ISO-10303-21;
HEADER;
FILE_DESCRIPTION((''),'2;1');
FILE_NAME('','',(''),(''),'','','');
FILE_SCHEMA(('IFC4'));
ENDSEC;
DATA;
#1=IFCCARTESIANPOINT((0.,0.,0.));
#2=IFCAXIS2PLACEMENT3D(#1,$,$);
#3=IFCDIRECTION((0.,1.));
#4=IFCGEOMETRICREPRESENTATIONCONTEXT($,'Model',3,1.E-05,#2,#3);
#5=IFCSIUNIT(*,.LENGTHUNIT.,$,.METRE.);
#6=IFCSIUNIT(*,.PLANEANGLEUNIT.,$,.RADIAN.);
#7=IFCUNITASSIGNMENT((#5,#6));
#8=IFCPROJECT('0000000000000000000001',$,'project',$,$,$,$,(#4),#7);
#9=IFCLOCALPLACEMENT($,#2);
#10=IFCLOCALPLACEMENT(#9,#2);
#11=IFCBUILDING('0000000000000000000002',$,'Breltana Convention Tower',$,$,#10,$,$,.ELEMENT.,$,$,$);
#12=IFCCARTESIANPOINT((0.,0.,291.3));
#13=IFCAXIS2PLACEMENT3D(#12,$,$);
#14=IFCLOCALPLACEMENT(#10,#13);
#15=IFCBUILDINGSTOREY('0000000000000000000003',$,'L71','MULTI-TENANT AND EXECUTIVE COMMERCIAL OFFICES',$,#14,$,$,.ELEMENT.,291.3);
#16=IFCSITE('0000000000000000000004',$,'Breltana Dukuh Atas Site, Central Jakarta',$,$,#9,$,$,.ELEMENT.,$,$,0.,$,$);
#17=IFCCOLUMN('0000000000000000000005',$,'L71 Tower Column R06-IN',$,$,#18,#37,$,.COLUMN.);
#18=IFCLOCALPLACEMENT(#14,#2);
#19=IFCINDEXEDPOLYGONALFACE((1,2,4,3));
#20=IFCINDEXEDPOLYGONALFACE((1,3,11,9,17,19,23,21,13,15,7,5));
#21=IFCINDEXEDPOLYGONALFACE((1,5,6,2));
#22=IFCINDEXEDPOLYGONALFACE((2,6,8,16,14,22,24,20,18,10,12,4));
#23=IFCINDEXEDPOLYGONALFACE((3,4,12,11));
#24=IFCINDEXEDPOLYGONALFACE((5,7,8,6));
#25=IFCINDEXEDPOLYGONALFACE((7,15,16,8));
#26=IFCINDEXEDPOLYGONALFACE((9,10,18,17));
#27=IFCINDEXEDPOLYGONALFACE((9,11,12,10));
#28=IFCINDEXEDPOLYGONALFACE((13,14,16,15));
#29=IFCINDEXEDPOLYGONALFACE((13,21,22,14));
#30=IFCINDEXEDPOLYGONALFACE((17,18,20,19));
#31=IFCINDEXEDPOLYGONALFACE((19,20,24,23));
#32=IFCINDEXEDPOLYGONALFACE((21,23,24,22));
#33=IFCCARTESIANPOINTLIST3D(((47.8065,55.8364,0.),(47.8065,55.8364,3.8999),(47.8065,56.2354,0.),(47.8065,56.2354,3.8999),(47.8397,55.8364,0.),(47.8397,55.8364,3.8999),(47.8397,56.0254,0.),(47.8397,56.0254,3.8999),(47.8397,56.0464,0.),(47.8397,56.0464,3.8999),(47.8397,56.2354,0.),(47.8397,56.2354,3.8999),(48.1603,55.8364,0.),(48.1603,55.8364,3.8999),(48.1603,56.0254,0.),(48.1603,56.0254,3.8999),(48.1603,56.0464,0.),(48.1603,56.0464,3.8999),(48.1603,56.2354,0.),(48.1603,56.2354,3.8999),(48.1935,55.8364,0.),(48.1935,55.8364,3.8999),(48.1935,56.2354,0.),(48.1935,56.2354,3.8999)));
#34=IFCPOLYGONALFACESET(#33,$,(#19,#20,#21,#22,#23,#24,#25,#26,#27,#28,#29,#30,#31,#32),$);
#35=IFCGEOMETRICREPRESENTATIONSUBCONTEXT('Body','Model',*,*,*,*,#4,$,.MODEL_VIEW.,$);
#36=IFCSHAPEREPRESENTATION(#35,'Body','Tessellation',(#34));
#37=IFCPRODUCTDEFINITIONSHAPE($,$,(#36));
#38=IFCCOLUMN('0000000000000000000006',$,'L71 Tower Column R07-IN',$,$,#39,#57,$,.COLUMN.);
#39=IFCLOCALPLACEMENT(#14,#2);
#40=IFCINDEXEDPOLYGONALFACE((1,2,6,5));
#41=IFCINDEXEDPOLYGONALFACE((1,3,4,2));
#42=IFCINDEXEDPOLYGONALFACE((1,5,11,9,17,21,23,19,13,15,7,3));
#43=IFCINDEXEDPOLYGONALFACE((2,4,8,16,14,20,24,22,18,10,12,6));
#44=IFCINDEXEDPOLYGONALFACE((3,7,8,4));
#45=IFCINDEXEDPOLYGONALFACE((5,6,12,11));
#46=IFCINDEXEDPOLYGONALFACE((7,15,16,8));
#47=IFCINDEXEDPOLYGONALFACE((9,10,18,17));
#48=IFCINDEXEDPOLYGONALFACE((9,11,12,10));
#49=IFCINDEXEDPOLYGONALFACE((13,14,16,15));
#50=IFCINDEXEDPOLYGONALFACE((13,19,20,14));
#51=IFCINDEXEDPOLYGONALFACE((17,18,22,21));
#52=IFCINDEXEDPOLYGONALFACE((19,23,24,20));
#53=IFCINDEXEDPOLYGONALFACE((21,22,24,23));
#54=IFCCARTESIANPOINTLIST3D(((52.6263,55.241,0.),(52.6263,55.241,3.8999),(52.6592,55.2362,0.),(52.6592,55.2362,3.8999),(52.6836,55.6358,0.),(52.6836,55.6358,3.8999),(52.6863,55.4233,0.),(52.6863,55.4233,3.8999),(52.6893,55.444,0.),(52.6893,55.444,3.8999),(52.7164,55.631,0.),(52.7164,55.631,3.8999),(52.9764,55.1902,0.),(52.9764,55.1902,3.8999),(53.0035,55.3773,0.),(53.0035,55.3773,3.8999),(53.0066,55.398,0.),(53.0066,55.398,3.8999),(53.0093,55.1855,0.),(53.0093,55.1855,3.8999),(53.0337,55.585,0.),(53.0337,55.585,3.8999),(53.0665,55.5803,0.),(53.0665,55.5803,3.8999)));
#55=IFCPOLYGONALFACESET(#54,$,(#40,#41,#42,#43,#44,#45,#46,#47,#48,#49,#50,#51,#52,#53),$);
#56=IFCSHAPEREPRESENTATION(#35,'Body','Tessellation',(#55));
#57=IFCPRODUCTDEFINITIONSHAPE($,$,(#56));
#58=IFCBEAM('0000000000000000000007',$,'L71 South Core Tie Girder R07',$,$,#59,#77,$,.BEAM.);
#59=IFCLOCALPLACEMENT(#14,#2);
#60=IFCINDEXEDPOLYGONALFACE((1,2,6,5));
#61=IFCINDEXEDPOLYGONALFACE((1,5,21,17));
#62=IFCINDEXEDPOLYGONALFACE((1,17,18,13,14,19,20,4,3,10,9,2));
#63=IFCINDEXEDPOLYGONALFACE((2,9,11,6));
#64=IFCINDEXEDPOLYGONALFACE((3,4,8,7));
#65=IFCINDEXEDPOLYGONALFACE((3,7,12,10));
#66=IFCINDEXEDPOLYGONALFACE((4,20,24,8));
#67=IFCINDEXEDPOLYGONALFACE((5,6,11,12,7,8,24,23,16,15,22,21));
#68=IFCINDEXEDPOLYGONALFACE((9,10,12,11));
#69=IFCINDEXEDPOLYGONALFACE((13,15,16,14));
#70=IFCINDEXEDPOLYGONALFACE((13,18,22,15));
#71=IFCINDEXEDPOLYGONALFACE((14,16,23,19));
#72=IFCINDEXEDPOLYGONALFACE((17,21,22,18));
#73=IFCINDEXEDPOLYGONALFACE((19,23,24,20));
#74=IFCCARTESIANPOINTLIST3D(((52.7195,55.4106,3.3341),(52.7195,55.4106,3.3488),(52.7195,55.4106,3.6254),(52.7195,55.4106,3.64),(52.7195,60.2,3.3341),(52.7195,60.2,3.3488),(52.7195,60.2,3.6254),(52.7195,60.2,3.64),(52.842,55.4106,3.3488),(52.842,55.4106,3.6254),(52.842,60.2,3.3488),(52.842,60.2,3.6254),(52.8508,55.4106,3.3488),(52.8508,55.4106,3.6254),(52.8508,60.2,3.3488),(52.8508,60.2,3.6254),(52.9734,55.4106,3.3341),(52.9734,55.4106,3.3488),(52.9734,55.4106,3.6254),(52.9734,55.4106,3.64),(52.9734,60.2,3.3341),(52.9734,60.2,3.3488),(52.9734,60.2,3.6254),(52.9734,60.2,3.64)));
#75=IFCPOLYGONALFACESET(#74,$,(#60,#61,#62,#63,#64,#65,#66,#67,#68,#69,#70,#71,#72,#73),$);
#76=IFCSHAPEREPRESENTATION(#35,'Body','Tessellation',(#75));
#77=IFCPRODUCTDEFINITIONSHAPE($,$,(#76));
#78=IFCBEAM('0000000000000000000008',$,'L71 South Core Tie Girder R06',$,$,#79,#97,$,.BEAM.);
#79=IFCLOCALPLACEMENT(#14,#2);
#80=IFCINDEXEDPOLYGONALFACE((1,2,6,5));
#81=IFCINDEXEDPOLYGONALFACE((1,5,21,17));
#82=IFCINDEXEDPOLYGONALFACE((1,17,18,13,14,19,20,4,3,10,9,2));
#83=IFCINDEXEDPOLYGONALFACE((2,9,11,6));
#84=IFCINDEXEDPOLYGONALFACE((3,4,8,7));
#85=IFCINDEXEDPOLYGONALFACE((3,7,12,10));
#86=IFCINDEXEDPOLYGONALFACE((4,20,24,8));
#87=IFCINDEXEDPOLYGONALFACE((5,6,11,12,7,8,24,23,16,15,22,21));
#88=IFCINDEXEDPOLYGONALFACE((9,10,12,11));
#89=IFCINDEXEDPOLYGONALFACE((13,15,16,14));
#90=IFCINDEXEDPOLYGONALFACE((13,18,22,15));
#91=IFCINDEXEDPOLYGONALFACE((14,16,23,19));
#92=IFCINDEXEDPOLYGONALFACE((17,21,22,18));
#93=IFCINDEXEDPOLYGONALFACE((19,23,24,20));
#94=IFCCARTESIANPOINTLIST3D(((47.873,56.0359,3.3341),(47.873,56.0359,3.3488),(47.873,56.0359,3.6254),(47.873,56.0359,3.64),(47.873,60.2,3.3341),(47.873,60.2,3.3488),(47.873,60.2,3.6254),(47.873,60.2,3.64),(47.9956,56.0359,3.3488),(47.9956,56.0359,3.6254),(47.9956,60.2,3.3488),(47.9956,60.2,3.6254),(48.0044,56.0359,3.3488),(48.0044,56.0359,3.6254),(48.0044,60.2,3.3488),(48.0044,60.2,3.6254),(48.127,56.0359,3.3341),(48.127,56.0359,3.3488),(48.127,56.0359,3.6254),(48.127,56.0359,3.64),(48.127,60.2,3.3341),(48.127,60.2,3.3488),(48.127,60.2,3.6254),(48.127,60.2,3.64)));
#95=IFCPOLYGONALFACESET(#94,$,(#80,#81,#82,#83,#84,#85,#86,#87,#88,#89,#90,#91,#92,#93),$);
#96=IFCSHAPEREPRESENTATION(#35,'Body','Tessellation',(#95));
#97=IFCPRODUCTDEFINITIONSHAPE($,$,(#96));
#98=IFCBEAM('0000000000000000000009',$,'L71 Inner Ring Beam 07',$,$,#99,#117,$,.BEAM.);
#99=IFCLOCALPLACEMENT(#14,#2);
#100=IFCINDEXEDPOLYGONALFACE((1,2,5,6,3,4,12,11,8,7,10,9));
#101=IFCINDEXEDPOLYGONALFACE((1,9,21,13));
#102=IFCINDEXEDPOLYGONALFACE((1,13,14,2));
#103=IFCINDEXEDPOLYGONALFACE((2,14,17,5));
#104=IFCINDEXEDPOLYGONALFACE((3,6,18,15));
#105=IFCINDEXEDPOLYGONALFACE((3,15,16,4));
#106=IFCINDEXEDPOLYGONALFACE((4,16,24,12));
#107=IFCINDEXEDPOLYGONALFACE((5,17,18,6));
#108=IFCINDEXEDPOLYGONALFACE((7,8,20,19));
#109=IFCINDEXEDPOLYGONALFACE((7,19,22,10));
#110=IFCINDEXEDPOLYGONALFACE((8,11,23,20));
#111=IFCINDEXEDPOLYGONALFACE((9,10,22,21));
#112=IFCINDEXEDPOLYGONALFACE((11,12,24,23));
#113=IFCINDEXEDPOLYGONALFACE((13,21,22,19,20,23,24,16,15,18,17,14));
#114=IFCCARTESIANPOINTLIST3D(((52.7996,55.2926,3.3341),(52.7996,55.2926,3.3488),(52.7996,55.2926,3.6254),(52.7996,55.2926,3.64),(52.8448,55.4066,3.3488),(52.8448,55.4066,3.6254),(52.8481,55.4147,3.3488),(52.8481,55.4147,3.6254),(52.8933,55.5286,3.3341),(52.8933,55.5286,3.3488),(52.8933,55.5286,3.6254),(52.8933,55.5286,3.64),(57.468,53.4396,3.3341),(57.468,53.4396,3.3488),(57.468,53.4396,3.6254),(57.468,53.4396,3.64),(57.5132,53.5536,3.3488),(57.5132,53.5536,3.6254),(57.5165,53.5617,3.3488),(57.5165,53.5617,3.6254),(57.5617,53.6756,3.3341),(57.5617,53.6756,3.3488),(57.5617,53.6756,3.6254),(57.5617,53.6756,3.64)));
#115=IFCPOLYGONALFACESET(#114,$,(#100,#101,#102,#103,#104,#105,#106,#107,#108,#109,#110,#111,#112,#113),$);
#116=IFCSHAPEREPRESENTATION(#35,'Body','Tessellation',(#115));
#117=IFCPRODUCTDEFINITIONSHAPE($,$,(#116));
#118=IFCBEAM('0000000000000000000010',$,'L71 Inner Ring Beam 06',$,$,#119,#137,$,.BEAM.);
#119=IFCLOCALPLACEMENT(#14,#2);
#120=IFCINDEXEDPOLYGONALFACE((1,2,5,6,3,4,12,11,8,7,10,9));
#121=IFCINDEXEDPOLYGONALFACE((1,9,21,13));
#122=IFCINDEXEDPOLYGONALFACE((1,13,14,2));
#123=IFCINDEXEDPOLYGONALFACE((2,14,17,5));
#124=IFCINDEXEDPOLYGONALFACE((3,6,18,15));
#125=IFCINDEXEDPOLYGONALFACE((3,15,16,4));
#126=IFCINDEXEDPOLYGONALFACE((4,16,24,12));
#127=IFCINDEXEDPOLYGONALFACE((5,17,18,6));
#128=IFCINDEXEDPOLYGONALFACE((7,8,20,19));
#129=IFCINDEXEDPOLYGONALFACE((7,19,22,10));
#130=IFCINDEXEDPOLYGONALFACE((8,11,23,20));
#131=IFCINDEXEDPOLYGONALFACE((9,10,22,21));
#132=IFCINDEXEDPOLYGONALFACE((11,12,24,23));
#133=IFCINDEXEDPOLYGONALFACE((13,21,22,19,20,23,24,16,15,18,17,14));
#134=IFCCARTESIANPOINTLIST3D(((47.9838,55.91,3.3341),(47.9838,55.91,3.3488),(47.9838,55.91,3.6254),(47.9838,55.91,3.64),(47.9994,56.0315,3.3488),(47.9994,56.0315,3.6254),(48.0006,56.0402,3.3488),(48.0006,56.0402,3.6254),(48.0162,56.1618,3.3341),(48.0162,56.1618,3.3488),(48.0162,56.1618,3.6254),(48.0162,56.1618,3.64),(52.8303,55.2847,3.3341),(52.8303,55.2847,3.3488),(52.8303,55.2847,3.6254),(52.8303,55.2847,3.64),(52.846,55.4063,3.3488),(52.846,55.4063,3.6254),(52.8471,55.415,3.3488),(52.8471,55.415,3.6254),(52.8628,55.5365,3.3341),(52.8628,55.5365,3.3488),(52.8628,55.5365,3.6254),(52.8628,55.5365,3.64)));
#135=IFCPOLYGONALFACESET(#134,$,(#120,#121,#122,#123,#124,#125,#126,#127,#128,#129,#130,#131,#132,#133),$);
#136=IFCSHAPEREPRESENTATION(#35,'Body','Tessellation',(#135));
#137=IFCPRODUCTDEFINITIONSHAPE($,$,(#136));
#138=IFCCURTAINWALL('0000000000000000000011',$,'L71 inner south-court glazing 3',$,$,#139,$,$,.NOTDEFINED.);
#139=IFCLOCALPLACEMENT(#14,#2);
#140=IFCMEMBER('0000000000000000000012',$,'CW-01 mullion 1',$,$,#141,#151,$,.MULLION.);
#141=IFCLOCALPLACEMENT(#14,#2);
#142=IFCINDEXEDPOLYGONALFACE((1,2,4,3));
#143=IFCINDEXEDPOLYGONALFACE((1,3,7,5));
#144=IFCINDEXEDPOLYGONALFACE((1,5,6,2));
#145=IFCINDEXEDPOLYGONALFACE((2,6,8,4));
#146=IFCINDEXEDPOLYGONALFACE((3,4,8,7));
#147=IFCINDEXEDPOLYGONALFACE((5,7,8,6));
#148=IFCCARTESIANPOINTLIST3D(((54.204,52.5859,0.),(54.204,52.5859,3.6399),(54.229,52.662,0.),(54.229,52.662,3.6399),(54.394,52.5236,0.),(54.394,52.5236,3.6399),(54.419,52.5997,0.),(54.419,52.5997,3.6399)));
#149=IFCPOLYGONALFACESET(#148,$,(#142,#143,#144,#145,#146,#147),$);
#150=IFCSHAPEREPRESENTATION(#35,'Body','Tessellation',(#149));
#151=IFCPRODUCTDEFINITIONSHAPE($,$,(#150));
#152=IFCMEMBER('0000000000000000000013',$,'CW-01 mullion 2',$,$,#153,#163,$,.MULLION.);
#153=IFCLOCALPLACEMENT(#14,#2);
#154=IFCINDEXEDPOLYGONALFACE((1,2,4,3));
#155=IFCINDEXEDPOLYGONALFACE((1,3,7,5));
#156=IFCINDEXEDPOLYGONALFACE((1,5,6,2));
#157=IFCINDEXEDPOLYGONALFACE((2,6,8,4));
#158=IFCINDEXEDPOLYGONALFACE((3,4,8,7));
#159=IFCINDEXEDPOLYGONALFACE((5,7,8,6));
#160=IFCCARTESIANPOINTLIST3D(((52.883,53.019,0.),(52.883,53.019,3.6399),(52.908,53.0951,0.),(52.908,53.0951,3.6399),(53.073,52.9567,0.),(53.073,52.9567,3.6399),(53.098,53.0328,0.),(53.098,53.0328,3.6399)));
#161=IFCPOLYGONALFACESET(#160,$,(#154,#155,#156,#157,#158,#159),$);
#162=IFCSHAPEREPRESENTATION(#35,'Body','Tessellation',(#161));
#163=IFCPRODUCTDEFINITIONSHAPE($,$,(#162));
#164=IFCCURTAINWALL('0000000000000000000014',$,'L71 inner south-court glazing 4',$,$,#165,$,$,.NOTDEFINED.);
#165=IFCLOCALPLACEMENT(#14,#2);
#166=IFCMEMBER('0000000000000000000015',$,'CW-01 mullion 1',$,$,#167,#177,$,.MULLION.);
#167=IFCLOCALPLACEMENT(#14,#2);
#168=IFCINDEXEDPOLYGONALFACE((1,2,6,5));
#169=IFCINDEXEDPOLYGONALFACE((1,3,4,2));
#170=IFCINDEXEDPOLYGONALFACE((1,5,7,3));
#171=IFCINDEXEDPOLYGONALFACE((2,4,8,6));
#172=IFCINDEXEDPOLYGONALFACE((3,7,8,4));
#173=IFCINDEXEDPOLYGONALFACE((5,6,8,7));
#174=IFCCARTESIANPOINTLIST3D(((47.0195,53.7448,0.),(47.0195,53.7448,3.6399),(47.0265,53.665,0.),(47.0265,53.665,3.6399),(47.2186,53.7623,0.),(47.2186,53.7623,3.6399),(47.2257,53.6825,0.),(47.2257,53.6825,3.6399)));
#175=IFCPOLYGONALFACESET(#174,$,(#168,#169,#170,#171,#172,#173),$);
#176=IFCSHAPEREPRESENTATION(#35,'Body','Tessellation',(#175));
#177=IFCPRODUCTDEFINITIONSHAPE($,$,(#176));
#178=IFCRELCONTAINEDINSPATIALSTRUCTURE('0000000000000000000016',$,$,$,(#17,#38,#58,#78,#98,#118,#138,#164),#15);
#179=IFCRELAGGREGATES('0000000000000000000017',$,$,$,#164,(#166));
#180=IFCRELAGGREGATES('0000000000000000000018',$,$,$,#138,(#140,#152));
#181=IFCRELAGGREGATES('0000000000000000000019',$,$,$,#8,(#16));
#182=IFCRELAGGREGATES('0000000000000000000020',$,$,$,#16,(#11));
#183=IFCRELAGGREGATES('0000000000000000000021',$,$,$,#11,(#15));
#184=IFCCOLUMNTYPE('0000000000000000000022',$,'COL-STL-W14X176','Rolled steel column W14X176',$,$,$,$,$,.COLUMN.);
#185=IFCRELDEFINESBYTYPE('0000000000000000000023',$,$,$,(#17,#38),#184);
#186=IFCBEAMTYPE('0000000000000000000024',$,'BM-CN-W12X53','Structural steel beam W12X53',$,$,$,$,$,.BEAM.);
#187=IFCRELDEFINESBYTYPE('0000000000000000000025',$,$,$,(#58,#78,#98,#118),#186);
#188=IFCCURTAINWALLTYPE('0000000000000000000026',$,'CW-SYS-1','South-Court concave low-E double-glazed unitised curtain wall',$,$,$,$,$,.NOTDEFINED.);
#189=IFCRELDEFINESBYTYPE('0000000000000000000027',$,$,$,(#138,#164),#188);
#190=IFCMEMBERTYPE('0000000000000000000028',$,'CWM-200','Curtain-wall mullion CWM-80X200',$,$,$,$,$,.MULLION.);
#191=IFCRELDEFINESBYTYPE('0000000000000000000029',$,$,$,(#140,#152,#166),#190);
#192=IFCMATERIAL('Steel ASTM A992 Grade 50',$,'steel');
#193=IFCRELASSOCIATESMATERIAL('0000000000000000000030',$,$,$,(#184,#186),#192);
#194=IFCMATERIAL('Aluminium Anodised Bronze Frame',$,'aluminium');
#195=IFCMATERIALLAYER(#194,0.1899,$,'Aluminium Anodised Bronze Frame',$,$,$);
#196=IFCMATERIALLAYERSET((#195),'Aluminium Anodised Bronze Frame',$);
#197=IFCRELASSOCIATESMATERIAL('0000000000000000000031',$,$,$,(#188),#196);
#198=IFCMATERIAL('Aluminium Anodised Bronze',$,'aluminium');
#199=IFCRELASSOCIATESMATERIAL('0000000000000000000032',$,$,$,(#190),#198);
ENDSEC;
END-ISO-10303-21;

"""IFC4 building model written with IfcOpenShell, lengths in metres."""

from ifc_helpers import new_model, si_unit, direction, frame, origin, origin_2d, place, context, subcontext, project, spatial, rectangle, i_section, extrude, source, transform, mapped, material, layer, layer_set, material_profile, profile_set, type_object, type_shapes, element, aggregate, save


model = new_model("IFC4")

# Units and contexts
model_context = context("Model", 3, precision=1e-05, world=origin(), true_north=direction((0.0, 1.0)))
body_context = subcontext(model_context, "Body", "Model", "MODEL_VIEW")
ifc_project = project(units=[si_unit("LENGTHUNIT", "METRE"), si_unit("PLANEANGLEUNIT", "RADIAN")], contexts=[model_context])

# Site, building, storey
site_placement = place(None, origin())
site = spatial("IfcSite", under=ifc_project, at=site_placement, Name="Breltana Dukuh Atas Site, Central Jakarta", CompositionType="ELEMENT", RefElevation=0.0)
building_placement = place(site_placement, origin())
building = spatial("IfcBuilding", under=site, at=building_placement, Name="Breltana Convention Tower", CompositionType="ELEMENT")
storey_placement = place(building_placement, frame((0.0, 0.0, 291.3)))
storey = spatial("IfcBuildingStorey", under=building, at=storey_placement, Name="L71", Description="MULTI-TENANT AND EXECUTIVE COMMERCIAL OFFICES", CompositionType="ELEMENT", Elevation=291.3)

# Columns
ifc_material_1 = material(Name="Steel ASTM A992 Grade 50", Category="steel")
ifc_material_profile_1 = material_profile(ifc_material_1, i_section(OverallWidth=0.3989, OverallDepth=0.387, WebThickness=0.021, FlangeThickness=0.0332, at=origin_2d()), Name="W14X176")
ifc_profile_set_1 = profile_set([ifc_material_profile_1], Name="Steel ASTM A992 Grade 50")
column_type = type_object("IfcColumnType", Name="COL-STL-W14X176", Description="Rolled steel column W14X176", PredefinedType="COLUMN", material=ifc_profile_set_1)
shared_shape_1 = source(origin(), body_context, "Body", "SweptSolid", [
    extrude(i_section(OverallWidth=0.3989, OverallDepth=0.387, WebThickness=0.021, FlangeThickness=0.0332, at=origin_2d()), origin(), (0.0, 0.0, 1.0), 3.8999),
])
type_shapes(column_type, [shared_shape_1])
for number, where, z_axis, x_axis, name in (
    (1, (48.0, 56.0359, 0.0), (0.0, 0.0, 1.0), (0.0, 1.0, 0.0), "L71 Tower Column R06-IN"),
    (2, (52.8464, 55.4106, 0.0), (0.0, 0.0, 1.0), (0.143493, 0.989651, 0.0), "L71 Tower Column R07-IN"),
):
    element("IfcColumn", number, at=place(storey_placement, frame(where, z_axis=z_axis, x_axis=x_axis)), inside=storey, type_object=column_type, Name=name, PredefinedType="COLUMN", context=body_context, shape_type="MappedRepresentation", body=[
        mapped(shared_shape_1, transform((0.0, 0.0, 0.0), scale=1.0)),
    ])

# Beams
ifc_material_profile_2 = material_profile(ifc_material_1, i_section(OverallWidth=0.2539, OverallDepth=0.3059, WebThickness=0.0088, FlangeThickness=0.0146, at=origin_2d()), Name="W12X53")
ifc_profile_set_2 = profile_set([ifc_material_profile_2], Name="Steel ASTM A992 Grade 50")
beam_type = type_object("IfcBeamType", Name="BM-CN-W12X53", Description="Structural steel beam W12X53", PredefinedType="BEAM", material=ifc_profile_set_2)
shared_shape_2 = source(origin(), body_context, "Body", "SweptSolid", [
    extrude(i_section(OverallWidth=0.2539, OverallDepth=0.3059, WebThickness=0.0088, FlangeThickness=0.0146, at=origin_2d()), origin(), (0.0, 0.0, 1.0), 4.7893),
])
beam_1_placement = place(storey_placement, frame((52.8464, 60.2, 3.4871), z_axis=(0.0, -1.0, 0.0), x_axis=(1.0, 0.0, 0.0)))
element("IfcBeam", 3, at=beam_1_placement, inside=storey, type_object=beam_type, Name="L71 South Core Tie Girder R07", PredefinedType="BEAM", context=body_context, shape_type="MappedRepresentation", body=[
    mapped(shared_shape_2, transform((0.0, 0.0, 0.0), scale=1.0)),
])
shared_shape_3 = source(origin(), body_context, "Body", "SweptSolid", [
    extrude(i_section(OverallWidth=0.2539, OverallDepth=0.3059, WebThickness=0.0088, FlangeThickness=0.0146, at=origin_2d()), origin(), (0.0, 0.0, 1.0), 4.1641),
])
beam_2_placement = place(storey_placement, frame((48.0, 60.2, 3.4871), z_axis=(0.0, -1.0, 0.0), x_axis=(1.0, 0.0, 0.0)))
element("IfcBeam", 4, at=beam_2_placement, inside=storey, type_object=beam_type, Name="L71 South Core Tie Girder R06", PredefinedType="BEAM", context=body_context, shape_type="MappedRepresentation", body=[
    mapped(shared_shape_3, transform((0.0, 0.0, 0.0), scale=1.0)),
])
shared_shape_4 = source(origin(), body_context, "Body", "SweptSolid", [
    extrude(i_section(OverallWidth=0.2539, OverallDepth=0.3059, WebThickness=0.0088, FlangeThickness=0.0146, at=origin_2d()), origin(), (0.0, 0.0, 1.0), 5.0227),
])
beam_3_placement = place(storey_placement, frame((52.8464, 55.4106, 3.4871), z_axis=(0.929459, -0.368926, 0.0), x_axis=(0.368926, 0.929459, 0.0)))
element("IfcBeam", 5, at=beam_3_placement, inside=storey, type_object=beam_type, Name="L71 Inner Ring Beam 07", PredefinedType="BEAM", context=body_context, shape_type="MappedRepresentation", body=[
    mapped(shared_shape_4, transform((0.0, 0.0, 0.0), scale=1.0)),
])
shared_shape_5 = source(origin(), body_context, "Body", "SweptSolid", [
    extrude(i_section(OverallWidth=0.2539, OverallDepth=0.3059, WebThickness=0.0088, FlangeThickness=0.0146, at=origin_2d()), origin(), (0.0, 0.0, 1.0), 4.8867),
])
beam_4_placement = place(storey_placement, frame((48.0, 56.0359, 3.4871), z_axis=(0.991781, -0.127951, 0.0), x_axis=(0.127951, 0.991781, 0.0)))
element("IfcBeam", 6, at=beam_4_placement, inside=storey, type_object=beam_type, Name="L71 Inner Ring Beam 06", PredefinedType="BEAM", context=body_context, shape_type="MappedRepresentation", body=[
    mapped(shared_shape_5, transform((0.0, 0.0, 0.0), scale=1.0)),
])

# Curtain wall, members
ifc_material_2 = material(Name="Aluminium Anodised Bronze Frame", Category="aluminium")
ifc_layer_1 = layer(ifc_material_2, 0.1899, Name="Aluminium Anodised Bronze Frame")
ifc_layer_set_1 = layer_set([ifc_layer_1], Name="Aluminium Anodised Bronze Frame")
curtain_wall_type = type_object("IfcCurtainWallType", Name="CW-SYS-1", Description="South-Court concave low-E double-glazed unitised curtain wall", PredefinedType="NOTDEFINED", material=ifc_layer_set_1)
curtain_wall_1_placement = place(storey_placement, origin())
curtain_wall_1 = element("IfcCurtainWall", 7, at=curtain_wall_1_placement, inside=storey, type_object=curtain_wall_type, Name="L71 inner south-court glazing 3", PredefinedType="NOTDEFINED")
ifc_material_3 = material(Name="Aluminium Anodised Bronze", Category="aluminium")
ifc_material_profile_3 = material_profile(ifc_material_3, rectangle(XDim=0.0801, YDim=0.2, at=origin_2d()), Name="CWM-80X200")
ifc_profile_set_3 = profile_set([ifc_material_profile_3], Name="Aluminium Anodised Bronze")
member_type_1 = type_object("IfcMemberType", Name="CWM-200", Description="Curtain-wall mullion CWM-80X200", PredefinedType="MULLION", material=ifc_profile_set_3)
shared_shape_6 = source(origin(), body_context, "Body", "SweptSolid", [
    extrude(rectangle(XDim=0.0801, YDim=0.2, at=origin_2d()), origin(), (0.0, 0.0, 1.0), 3.6399),
])
member_1_placement = place(storey_placement, frame((54.3115, 52.5928, 0.0), z_axis=(0.0, 0.0, 1.0), x_axis=(-0.311552, -0.950229, 0.0)))
member_1 = element("IfcMember", 8, at=member_1_placement, type_object=member_type_1, Name="CW-01 mullion 1", PredefinedType="MULLION", context=body_context, shape_type="MappedRepresentation", body=[
    mapped(shared_shape_6, transform((0.0, 0.0, 0.0), scale=1.0)),
])
member_2_placement = place(storey_placement, frame((52.9905, 53.0259, 0.0), z_axis=(0.0, 0.0, 1.0), x_axis=(-0.311552, -0.950229, 0.0)))
member_2 = element("IfcMember", 9, at=member_2_placement, type_object=member_type_1, Name="CW-01 mullion 2", PredefinedType="MULLION", context=body_context, shape_type="MappedRepresentation", body=[
    mapped(shared_shape_6, transform((0.0, 0.0, 0.0), scale=1.0)),
])

# Curtain wall, member
curtain_wall_2_placement = place(storey_placement, origin())
curtain_wall_2 = element("IfcCurtainWall", 10, at=curtain_wall_2_placement, inside=storey, type_object=curtain_wall_type, Name="L71 inner south-court glazing 4", PredefinedType="NOTDEFINED")
member_3_placement = place(storey_placement, frame((47.1226, 53.7136, 0.0), z_axis=(0.0, 0.0, 1.0), x_axis=(0.087519, -0.996163, 0.0)))
member_3 = element("IfcMember", 11, at=member_3_placement, type_object=member_type_1, Name="CW-01 mullion 1", PredefinedType="MULLION", context=body_context, shape_type="MappedRepresentation", body=[
    mapped(shared_shape_6, transform((0.0, 0.0, 0.0), scale=1.0)),
])
aggregate(curtain_wall_2, [member_3])

aggregate(curtain_wall_1, [member_1, member_2])

save(model, "model.ifc")
